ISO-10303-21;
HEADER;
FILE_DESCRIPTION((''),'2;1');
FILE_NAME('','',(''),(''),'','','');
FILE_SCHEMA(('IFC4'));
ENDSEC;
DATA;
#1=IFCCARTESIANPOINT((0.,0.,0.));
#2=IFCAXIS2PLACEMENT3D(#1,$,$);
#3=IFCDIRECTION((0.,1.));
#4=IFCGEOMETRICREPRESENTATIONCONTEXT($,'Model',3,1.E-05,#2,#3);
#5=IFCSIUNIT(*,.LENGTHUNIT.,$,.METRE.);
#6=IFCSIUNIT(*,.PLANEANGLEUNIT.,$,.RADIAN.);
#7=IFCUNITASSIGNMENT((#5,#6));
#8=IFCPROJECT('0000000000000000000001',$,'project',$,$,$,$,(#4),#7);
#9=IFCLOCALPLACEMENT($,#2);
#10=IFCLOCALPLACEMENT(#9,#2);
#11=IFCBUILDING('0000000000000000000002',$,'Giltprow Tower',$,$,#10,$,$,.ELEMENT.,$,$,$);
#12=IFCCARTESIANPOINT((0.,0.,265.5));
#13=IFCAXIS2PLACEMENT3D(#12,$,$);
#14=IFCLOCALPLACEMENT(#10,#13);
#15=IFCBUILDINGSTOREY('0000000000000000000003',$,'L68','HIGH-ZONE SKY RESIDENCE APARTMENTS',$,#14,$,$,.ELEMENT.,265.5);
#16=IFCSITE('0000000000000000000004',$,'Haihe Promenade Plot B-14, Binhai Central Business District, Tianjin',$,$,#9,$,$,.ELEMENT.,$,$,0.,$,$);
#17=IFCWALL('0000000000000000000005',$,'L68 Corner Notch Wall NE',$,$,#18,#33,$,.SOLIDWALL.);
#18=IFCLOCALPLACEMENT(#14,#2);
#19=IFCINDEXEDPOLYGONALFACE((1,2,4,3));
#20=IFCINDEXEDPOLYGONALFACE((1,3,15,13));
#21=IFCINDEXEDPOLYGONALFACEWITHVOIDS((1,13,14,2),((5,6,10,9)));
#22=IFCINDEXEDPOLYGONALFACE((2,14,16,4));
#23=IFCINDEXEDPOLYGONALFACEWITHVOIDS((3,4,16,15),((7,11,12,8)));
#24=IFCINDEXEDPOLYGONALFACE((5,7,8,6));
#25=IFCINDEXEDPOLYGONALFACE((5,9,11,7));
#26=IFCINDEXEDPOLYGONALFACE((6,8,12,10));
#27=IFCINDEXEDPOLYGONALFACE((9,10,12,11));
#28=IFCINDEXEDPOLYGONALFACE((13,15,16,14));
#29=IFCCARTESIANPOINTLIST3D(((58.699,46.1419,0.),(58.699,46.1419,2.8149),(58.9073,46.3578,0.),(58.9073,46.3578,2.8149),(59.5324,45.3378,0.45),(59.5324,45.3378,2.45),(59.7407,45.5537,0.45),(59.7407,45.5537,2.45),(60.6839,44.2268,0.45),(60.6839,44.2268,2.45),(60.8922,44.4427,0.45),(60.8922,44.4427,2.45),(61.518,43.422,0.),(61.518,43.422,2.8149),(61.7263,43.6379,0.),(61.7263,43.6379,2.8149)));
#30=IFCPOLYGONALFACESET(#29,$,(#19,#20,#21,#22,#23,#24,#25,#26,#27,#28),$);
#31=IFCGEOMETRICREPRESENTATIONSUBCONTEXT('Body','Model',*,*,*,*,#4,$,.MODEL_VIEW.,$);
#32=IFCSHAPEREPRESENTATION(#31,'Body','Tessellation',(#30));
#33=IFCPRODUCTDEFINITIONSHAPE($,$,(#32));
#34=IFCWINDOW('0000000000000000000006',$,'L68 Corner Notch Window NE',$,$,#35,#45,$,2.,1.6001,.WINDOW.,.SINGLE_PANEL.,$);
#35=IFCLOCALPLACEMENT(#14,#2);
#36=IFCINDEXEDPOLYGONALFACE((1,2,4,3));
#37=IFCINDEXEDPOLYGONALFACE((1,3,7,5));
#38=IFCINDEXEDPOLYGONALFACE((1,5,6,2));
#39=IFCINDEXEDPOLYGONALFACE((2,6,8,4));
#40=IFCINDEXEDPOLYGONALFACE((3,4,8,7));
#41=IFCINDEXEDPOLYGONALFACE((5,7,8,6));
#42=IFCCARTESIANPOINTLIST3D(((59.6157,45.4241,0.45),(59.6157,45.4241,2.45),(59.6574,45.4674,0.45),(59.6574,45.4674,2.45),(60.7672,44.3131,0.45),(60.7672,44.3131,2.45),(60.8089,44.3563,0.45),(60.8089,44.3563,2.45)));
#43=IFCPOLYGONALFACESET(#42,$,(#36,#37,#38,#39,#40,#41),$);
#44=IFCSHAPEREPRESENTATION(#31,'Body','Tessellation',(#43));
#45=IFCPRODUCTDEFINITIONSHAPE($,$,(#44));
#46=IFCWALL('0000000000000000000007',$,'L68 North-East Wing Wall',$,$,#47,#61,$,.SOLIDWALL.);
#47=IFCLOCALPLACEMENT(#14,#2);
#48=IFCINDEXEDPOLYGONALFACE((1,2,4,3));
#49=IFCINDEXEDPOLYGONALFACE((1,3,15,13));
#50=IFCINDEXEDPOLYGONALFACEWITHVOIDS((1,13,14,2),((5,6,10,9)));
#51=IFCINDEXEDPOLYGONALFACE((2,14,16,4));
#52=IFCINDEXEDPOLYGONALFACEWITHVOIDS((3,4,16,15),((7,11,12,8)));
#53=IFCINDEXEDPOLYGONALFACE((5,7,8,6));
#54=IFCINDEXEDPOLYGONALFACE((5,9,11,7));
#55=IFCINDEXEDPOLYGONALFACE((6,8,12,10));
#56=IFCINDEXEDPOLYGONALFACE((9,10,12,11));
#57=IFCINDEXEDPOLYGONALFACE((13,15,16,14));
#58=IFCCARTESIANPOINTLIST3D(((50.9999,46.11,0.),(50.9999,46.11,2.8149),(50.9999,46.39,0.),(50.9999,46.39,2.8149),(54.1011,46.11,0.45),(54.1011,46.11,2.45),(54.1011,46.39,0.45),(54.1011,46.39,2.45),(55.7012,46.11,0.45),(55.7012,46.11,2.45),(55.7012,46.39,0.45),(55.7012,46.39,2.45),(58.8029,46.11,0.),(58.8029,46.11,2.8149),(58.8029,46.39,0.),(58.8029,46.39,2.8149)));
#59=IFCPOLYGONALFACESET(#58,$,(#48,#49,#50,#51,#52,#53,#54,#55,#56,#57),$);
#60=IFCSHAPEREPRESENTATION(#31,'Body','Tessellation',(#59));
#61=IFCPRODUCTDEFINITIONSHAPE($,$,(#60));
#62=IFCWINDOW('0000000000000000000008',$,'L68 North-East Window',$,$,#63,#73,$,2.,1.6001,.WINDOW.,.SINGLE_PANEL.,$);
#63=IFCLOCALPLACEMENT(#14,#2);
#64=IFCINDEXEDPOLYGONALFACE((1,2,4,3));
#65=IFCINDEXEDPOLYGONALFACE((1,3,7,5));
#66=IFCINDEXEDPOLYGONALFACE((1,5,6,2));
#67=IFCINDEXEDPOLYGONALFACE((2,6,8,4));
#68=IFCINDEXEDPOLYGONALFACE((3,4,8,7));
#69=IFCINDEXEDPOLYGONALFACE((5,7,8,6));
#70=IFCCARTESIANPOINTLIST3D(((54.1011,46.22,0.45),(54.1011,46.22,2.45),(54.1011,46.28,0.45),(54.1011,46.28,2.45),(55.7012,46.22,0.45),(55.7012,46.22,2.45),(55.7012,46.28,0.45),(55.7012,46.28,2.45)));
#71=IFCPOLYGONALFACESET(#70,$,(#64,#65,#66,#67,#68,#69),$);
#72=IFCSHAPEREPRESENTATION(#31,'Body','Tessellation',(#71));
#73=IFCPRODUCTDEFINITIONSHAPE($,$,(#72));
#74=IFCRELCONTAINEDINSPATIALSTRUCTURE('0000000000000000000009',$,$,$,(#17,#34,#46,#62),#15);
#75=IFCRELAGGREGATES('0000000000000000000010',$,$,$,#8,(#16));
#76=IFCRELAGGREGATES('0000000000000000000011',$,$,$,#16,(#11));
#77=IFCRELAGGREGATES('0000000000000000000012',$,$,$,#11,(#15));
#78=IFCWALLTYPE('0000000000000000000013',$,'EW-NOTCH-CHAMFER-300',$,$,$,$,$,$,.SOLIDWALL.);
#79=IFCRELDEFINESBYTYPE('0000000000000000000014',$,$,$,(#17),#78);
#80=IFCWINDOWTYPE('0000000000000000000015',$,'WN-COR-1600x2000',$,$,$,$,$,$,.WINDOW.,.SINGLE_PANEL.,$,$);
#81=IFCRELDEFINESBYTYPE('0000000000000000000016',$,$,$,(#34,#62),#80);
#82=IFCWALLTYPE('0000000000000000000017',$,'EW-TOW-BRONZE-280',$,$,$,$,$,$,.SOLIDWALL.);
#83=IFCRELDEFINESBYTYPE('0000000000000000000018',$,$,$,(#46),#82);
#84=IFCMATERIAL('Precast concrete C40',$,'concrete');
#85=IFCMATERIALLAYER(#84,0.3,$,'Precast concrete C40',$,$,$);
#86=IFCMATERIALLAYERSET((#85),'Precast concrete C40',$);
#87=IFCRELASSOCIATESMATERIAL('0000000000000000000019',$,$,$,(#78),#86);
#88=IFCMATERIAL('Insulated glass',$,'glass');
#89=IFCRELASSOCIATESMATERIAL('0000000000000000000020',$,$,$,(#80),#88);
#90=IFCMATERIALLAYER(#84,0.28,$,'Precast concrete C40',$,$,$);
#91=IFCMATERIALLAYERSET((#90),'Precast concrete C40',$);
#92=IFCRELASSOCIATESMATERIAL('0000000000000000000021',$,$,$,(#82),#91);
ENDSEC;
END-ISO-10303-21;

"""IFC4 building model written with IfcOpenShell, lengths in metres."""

from ifc_helpers import new_model, si_unit, direction, frame, frame_2d, origin, place, context, subcontext, project, spatial, rectangle, extrude, source, transform, mapped, material, layer, layer_set, type_object, element, fill, save


model = new_model("IFC4")

# Units and contexts
model_context = context("Model", 3, precision=1e-05, world=origin(), true_north=direction((0.0, 1.0)))
body_context = subcontext(model_context, "Body", "Model", "MODEL_VIEW")
ifc_project = project(units=[si_unit("LENGTHUNIT", "METRE"), si_unit("PLANEANGLEUNIT", "RADIAN")], contexts=[model_context])

# Site, building, storey
site_placement = place(None, origin())
site = spatial("IfcSite", under=ifc_project, at=site_placement, Name="Haihe Promenade Plot B-14, Binhai Central Business District, Tianjin", CompositionType="ELEMENT", RefElevation=0.0)
building_placement = place(site_placement, origin())
building = spatial("IfcBuilding", under=site, at=building_placement, Name="Giltprow Tower", CompositionType="ELEMENT")
storey_placement = place(building_placement, frame((0.0, 0.0, 265.5)))
storey = spatial("IfcBuildingStorey", under=building, at=storey_placement, Name="L68", Description="HIGH-ZONE SKY RESIDENCE APARTMENTS", CompositionType="ELEMENT", Elevation=265.5)

# Walls, openings, windows
ifc_material_1 = material(Name="Precast concrete C40", Category="concrete")
ifc_layer_1 = layer(ifc_material_1, 0.3, Name="Precast concrete C40")
ifc_layer_set_1 = layer_set([ifc_layer_1], Name="Precast concrete C40")
wall_type_1 = type_object("IfcWallType", Name="EW-NOTCH-CHAMFER-300", PredefinedType="SOLIDWALL", material=ifc_layer_set_1)
wall_1_placement = place(storey_placement, frame((61.6221, 43.53, 0.0), z_axis=(0.0, 0.0, 1.0), x_axis=(-0.719645, 0.694342, 0.0)))
wall_1 = element("IfcWall", 1, at=wall_1_placement, inside=storey, type_object=wall_type_1, Name="L68 Corner Notch Wall NE", PredefinedType="SOLIDWALL", context=body_context, shape_type="SweptSolid", body=[
    extrude(rectangle(XDim=3.9172, YDim=0.3, at=frame_2d((1.9585, 0.0))), origin(), (0.0, 0.0, 1.0), 2.8149),
])
opening_1_placement = place(wall_1_placement, frame((1.1589, 0.0, 0.45)))
opening_1 = element("IfcOpeningElement", 2, at=opening_1_placement, cuts=wall_1, PredefinedType="OPENING", context=body_context, shape_type="SweptSolid", body=[
    extrude(rectangle(XDim=1.6001, YDim=2.0, at=frame_2d((0.8, 1.0))), frame((0.0, 0.1599, 0.0), z_axis=(0.0, -1.0, 0.0), x_axis=(1.0, 0.0, 0.0)), (0.0, 0.0, 1.0), 0.3201),
])
ifc_material_2 = material(Name="Insulated glass", Category="glass")
window_type = type_object("IfcWindowType", Name="WN-COR-1600x2000", PartitioningType="SINGLE_PANEL", PredefinedType="WINDOW", material=ifc_material_2)
shared_shape_1 = source(origin(), body_context, "Body", "SweptSolid", [
    extrude(rectangle(XDim=1.6001, YDim=2.0, at=frame_2d((0.8, 1.0))), frame((0.0, 0.03, 0.0), z_axis=(0.0, -1.0, 0.0), x_axis=(1.0, 0.0, 0.0)), (0.0, 0.0, 1.0), 0.0601),
])
window_1_placement = place(opening_1_placement, origin())
window_1 = element("IfcWindow", 3, at=window_1_placement, inside=storey, type_object=window_type, Name="L68 Corner Notch Window NE", OverallHeight=2.0, OverallWidth=1.6001, PartitioningType="SINGLE_PANEL", PredefinedType="WINDOW", context=body_context, shape_type="MappedRepresentation", body=[
    mapped(shared_shape_1, transform((0.0, 0.0, 0.0), x_axis=(1.0, 0.0, 0.0), y_axis=(0.0, 1.0, 0.0), z_axis=(0.0, 0.0, 1.0), scale=1.0)),
])
fill(opening_1, window_1)
ifc_layer_2 = layer(ifc_material_1, 0.28, Name="Precast concrete C40")
ifc_layer_set_2 = layer_set([ifc_layer_2], Name="Precast concrete C40")
wall_type_2 = type_object("IfcWallType", Name="EW-TOW-BRONZE-280", PredefinedType="SOLIDWALL", material=ifc_layer_set_2)
wall_2_placement = place(storey_placement, frame((51.0, 46.25, 0.0), z_axis=(0.0, 0.0, 1.0), x_axis=(1.0, 0.0, 0.0)))
wall_2 = element("IfcWall", 4, at=wall_2_placement, inside=storey, type_object=wall_type_2, Name="L68 North-East Wing Wall", PredefinedType="SOLIDWALL", context=body_context, shape_type="SweptSolid", body=[
    extrude(rectangle(XDim=7.803, YDim=0.28, at=frame_2d((3.9014, 0.0))), origin(), (0.0, 0.0, 1.0), 2.8149),
])
opening_2_placement = place(wall_2_placement, frame((3.1011, 0.0, 0.45)))
opening_2 = element("IfcOpeningElement", 5, at=opening_2_placement, cuts=wall_2, PredefinedType="OPENING", context=body_context, shape_type="SweptSolid", body=[
    extrude(rectangle(XDim=1.6001, YDim=2.0, at=frame_2d((0.8, 1.0))), frame((0.0, 0.1499, 0.0), z_axis=(0.0, -1.0, 0.0), x_axis=(1.0, 0.0, 0.0)), (0.0, 0.0, 1.0), 0.3),
])
window_2_placement = place(opening_2_placement, origin())
window_2 = element("IfcWindow", 6, at=window_2_placement, inside=storey, type_object=window_type, Name="L68 North-East Window", OverallHeight=2.0, OverallWidth=1.6001, PartitioningType="SINGLE_PANEL", PredefinedType="WINDOW", context=body_context, shape_type="MappedRepresentation", body=[
    mapped(shared_shape_1, transform((0.0, 0.0, 0.0), x_axis=(1.0, 0.0, 0.0), y_axis=(0.0, 1.0, 0.0), z_axis=(0.0, 0.0, 1.0), scale=1.0)),
])
fill(opening_2, window_2)

save(model, "model.ifc")
